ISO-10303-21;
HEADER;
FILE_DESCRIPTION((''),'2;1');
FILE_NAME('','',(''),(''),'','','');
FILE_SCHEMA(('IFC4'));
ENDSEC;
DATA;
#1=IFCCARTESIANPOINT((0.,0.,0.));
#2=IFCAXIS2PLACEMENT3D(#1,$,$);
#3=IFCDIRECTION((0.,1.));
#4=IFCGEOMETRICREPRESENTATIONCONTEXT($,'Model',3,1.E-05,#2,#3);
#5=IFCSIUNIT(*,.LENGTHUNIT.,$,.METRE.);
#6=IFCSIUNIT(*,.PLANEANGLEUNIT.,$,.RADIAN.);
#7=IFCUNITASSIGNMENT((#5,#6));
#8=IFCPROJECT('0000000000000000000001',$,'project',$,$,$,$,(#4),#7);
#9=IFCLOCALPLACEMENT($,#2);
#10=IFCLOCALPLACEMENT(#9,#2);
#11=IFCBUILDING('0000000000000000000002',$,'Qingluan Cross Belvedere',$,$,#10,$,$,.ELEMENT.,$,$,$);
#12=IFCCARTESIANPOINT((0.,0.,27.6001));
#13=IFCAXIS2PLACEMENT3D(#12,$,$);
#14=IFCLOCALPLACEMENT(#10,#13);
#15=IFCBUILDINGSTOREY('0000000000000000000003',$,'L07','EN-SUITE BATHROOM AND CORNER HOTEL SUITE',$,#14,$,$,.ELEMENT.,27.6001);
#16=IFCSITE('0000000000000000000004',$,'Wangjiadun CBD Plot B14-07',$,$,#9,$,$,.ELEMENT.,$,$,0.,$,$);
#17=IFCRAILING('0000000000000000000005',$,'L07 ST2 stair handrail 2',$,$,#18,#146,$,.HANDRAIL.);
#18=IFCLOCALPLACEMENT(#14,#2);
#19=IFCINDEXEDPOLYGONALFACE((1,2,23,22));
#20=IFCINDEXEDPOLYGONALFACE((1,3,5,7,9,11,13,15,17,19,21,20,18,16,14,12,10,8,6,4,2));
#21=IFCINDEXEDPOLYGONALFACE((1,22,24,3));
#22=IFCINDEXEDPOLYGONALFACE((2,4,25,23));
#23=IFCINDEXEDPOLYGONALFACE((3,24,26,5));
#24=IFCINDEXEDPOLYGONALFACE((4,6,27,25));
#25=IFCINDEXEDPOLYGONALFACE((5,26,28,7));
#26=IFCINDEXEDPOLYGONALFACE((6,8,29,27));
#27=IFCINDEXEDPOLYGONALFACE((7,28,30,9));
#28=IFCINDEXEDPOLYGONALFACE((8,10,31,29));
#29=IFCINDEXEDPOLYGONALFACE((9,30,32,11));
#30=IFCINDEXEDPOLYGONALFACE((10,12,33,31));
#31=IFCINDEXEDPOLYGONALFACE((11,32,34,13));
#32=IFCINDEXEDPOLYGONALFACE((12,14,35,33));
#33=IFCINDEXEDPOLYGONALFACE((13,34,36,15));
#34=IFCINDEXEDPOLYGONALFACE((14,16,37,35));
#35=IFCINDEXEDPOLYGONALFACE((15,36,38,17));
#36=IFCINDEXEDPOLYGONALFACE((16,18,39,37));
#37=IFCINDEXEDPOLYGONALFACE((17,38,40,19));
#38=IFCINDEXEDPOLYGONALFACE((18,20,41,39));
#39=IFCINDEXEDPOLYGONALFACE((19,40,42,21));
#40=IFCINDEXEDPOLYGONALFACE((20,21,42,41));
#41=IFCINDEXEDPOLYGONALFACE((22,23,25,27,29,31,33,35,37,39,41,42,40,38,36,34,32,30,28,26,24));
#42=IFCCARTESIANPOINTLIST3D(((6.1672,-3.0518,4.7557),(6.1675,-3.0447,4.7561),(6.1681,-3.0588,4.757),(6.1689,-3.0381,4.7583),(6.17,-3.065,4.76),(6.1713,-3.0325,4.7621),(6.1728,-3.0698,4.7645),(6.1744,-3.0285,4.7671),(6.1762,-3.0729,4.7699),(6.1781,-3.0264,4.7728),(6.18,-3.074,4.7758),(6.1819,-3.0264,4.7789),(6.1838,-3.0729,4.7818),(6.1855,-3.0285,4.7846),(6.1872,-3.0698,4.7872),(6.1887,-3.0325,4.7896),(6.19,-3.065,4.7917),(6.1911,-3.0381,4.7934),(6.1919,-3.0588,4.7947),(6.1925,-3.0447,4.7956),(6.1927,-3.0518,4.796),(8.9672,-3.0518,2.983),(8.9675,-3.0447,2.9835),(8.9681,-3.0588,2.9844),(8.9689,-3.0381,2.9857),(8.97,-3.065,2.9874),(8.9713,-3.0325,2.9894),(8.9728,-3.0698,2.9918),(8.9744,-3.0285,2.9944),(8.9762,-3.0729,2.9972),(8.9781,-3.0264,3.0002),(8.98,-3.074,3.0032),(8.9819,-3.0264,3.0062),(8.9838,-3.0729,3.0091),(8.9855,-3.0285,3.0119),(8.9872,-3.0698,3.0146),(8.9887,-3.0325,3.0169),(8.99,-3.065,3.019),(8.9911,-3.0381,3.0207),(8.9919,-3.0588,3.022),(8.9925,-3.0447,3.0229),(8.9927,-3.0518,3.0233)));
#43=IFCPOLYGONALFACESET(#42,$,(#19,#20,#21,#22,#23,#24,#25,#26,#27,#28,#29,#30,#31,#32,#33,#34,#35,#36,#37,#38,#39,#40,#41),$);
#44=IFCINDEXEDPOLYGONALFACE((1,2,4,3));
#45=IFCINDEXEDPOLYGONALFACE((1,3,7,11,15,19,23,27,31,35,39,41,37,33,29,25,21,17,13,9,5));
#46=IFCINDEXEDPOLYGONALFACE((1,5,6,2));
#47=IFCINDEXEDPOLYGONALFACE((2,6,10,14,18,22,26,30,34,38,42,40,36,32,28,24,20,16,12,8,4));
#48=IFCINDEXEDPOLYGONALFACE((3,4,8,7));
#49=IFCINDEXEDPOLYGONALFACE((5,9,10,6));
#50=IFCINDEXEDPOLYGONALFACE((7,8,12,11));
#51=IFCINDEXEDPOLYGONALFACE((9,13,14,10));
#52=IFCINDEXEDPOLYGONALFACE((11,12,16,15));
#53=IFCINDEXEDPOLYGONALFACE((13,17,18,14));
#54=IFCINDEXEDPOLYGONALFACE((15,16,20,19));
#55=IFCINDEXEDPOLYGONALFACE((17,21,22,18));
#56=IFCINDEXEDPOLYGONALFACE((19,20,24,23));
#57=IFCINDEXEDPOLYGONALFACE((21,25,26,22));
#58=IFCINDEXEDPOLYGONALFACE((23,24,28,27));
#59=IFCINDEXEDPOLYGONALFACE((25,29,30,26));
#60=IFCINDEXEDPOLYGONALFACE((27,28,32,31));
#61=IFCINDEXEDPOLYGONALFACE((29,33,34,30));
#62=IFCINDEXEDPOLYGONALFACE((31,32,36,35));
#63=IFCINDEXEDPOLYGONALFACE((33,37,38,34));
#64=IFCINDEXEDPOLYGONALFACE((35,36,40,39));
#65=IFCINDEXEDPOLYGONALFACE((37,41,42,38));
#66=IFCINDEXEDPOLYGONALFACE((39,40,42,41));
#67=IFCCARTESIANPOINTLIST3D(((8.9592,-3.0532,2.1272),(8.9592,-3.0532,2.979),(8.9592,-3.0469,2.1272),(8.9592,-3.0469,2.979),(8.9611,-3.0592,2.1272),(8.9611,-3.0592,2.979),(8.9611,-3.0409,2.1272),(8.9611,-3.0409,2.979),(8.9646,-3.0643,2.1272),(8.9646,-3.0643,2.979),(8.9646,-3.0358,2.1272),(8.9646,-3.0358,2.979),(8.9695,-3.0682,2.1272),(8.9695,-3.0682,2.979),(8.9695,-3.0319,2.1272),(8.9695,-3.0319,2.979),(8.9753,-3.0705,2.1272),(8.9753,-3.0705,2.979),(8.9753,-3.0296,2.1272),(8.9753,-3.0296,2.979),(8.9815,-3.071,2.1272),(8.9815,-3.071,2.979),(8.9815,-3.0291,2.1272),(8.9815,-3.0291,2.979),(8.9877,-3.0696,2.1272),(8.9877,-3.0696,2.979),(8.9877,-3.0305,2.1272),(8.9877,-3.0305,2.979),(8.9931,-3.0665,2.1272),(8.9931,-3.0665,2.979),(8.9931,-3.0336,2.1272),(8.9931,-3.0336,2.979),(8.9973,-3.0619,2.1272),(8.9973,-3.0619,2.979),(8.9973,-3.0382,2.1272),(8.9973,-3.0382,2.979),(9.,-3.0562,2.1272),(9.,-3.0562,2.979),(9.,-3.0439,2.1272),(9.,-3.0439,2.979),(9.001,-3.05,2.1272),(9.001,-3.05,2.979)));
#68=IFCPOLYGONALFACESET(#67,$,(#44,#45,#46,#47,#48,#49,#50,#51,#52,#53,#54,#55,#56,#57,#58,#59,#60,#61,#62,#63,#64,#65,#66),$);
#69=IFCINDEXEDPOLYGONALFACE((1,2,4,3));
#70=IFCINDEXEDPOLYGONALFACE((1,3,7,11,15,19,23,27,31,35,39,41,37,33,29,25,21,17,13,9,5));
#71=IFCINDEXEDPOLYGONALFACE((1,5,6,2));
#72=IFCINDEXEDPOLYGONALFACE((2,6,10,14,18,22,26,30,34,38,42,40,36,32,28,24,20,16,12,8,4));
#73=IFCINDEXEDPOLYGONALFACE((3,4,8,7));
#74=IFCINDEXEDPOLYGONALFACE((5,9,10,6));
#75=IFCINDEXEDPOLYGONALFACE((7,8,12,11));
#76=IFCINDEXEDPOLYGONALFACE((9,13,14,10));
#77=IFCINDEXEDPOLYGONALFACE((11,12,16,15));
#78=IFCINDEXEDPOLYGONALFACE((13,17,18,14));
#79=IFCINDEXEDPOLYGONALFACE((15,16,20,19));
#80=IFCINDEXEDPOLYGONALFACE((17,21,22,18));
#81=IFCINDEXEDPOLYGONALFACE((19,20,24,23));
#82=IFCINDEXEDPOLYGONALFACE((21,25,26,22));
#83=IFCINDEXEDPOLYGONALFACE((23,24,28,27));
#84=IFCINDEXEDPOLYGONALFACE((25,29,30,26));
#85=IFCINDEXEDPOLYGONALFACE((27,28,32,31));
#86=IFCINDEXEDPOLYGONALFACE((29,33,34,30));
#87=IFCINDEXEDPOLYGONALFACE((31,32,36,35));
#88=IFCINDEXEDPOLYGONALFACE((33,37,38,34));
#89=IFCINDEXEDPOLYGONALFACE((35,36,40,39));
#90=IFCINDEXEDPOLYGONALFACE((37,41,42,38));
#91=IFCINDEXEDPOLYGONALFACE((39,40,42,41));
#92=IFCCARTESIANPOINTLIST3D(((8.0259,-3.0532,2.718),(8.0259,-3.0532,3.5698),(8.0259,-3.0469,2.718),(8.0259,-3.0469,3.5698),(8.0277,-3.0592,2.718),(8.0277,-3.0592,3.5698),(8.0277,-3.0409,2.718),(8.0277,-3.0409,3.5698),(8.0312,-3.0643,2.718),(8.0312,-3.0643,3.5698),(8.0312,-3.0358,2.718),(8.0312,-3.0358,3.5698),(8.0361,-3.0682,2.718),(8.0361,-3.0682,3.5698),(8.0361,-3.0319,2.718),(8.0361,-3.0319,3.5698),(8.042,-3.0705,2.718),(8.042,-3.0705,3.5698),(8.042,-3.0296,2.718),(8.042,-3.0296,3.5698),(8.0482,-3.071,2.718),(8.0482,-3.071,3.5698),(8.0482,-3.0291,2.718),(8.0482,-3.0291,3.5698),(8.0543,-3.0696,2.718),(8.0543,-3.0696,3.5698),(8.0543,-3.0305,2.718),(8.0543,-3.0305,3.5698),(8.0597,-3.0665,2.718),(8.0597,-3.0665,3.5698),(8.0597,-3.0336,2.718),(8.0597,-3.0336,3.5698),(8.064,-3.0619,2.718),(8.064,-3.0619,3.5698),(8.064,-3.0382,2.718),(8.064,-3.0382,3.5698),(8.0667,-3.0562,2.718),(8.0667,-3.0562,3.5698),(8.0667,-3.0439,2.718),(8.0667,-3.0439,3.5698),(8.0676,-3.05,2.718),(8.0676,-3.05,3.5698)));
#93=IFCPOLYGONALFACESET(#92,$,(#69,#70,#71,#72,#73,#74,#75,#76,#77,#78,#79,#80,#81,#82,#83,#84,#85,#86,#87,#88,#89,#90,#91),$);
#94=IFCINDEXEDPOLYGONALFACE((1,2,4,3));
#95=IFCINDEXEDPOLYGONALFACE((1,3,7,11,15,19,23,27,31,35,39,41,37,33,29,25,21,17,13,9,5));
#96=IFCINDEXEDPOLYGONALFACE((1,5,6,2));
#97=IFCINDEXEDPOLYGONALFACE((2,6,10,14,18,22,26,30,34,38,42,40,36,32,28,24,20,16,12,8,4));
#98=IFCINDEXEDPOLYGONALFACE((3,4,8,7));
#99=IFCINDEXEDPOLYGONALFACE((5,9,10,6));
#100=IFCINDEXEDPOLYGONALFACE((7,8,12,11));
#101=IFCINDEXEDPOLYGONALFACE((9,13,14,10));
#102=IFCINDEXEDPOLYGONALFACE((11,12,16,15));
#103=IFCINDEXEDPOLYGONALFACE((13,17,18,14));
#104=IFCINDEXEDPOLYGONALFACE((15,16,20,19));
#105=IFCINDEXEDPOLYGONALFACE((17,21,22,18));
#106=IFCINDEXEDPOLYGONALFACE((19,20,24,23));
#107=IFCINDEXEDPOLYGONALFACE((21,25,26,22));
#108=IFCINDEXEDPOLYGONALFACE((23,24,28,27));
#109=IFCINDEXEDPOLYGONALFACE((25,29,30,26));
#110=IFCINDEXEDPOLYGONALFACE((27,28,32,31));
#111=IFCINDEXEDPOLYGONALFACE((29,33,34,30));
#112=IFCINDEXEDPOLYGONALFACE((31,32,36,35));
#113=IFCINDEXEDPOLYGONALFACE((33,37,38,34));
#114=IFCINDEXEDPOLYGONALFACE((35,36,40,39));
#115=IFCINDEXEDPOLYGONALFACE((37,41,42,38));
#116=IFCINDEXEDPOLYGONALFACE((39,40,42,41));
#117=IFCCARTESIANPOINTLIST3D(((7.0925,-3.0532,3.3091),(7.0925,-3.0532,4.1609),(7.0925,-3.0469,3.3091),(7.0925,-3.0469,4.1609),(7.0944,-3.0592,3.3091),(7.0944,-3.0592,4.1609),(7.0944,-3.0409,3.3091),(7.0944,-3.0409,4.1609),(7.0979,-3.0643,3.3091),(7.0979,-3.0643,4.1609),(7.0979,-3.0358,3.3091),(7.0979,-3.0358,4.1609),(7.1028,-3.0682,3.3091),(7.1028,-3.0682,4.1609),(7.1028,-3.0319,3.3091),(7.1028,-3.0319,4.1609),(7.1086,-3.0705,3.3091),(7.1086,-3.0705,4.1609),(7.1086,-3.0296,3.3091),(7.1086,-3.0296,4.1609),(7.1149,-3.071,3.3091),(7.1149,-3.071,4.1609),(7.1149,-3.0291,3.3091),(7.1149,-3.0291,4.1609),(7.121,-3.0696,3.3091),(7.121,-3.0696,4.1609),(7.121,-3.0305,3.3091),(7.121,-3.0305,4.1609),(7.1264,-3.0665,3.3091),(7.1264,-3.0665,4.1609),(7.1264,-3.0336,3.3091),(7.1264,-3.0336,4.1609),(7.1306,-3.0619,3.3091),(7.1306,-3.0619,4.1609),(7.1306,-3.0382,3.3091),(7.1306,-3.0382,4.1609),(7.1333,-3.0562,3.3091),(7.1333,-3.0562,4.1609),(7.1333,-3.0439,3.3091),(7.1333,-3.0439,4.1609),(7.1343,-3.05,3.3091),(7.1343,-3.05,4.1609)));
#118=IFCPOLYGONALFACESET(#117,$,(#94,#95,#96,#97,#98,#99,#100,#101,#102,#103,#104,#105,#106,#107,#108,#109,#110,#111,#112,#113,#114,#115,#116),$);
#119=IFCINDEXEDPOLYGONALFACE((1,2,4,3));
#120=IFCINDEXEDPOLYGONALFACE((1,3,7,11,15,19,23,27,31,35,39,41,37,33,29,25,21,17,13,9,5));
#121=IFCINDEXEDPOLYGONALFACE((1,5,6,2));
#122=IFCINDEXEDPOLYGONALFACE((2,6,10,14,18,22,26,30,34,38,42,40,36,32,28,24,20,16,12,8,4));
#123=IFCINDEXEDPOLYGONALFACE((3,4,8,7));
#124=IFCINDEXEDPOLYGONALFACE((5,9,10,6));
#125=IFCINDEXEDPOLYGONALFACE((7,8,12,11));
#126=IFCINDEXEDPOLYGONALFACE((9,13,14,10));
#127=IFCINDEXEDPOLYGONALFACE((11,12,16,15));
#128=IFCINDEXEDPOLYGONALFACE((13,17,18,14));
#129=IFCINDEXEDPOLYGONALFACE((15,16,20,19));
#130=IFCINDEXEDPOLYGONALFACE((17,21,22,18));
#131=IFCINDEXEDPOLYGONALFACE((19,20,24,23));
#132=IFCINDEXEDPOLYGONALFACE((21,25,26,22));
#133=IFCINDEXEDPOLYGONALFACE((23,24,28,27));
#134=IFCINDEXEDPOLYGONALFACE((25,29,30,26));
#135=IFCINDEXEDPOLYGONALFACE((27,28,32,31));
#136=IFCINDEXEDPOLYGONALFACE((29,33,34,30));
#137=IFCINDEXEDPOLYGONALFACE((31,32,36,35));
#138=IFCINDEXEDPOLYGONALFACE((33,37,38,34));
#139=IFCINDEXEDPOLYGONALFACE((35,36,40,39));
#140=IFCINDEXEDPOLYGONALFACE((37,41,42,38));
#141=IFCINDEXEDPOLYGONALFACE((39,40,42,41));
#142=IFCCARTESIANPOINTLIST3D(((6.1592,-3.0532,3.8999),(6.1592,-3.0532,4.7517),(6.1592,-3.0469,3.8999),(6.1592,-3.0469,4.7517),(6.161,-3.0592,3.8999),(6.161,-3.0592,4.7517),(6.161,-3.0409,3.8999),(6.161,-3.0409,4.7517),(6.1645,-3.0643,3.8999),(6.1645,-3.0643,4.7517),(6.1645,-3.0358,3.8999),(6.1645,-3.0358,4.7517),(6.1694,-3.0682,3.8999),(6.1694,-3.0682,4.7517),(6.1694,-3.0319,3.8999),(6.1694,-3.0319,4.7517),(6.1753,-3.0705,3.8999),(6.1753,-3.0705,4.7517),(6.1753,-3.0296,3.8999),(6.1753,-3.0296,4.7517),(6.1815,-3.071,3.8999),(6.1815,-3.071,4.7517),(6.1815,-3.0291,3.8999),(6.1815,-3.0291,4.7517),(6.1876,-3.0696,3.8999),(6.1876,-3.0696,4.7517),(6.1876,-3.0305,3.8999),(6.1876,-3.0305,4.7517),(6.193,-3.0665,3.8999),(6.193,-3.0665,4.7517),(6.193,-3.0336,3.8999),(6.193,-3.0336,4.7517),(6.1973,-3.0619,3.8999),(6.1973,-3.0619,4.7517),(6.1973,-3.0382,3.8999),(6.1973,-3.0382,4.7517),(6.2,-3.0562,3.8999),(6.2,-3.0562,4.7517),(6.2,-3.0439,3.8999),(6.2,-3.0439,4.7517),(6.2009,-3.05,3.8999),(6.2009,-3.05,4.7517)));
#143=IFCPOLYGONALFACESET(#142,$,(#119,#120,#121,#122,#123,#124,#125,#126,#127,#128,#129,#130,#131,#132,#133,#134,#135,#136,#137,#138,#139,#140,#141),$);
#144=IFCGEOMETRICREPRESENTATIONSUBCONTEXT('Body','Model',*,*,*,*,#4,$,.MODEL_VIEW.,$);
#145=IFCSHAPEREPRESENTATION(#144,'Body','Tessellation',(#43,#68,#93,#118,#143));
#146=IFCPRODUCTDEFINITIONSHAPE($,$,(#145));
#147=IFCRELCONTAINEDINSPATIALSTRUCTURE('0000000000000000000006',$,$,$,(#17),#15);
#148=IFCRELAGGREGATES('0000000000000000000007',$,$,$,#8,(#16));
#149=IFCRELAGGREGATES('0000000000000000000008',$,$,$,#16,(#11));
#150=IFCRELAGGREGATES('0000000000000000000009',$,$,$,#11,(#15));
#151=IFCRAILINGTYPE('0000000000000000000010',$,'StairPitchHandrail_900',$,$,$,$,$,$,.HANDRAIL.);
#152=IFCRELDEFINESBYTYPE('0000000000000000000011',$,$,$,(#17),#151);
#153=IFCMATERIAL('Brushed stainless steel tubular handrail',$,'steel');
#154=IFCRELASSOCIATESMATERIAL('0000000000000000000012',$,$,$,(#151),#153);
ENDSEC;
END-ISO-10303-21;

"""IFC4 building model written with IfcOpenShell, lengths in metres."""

from ifc_helpers import new_model, si_unit, direction, frame, origin, origin_2d, place, context, subcontext, project, spatial, circle, extrude, material, type_object, element, save


model = new_model("IFC4")

# Units and contexts
model_context = context("Model", 3, precision=1e-05, world=origin(), true_north=direction((0.0, 1.0)))
body_context = subcontext(model_context, "Body", "Model", "MODEL_VIEW")
ifc_project = project(units=[si_unit("LENGTHUNIT", "METRE"), si_unit("PLANEANGLEUNIT", "RADIAN")], contexts=[model_context])

# Site, building, storey
site_placement = place(None, origin())
site = spatial("IfcSite", under=ifc_project, at=site_placement, Name="Wangjiadun CBD Plot B14-07", CompositionType="ELEMENT", RefElevation=0.0)
building_placement = place(site_placement, origin())
building = spatial("IfcBuilding", under=site, at=building_placement, Name="Qingluan Cross Belvedere", CompositionType="ELEMENT")
storey_placement = place(building_placement, frame((0.0, 0.0, 27.6001)))
storey = spatial("IfcBuildingStorey", under=building, at=storey_placement, Name="L07", Description="EN-SUITE BATHROOM AND CORNER HOTEL SUITE", CompositionType="ELEMENT", Elevation=27.6001)

# Railing
ifc_material_1 = material(Name="Brushed stainless steel tubular handrail", Category="steel")
railing_type_1 = type_object("IfcRailingType", Name="StairPitchHandrail_900", PredefinedType="HANDRAIL", material=ifc_material_1)
for number, where, name in (
    (1, (8.98, -3.05, 2.1272), "L07 ST2 stair handrail 2"),
):
    element("IfcRailing", number, at=place(storey_placement, frame(where)), inside=storey, type_object=railing_type_1, Name=name, PredefinedType="HANDRAIL", context=body_context, shape_type="SweptSolid", body=[
        extrude(circle(Radius=0.0239, at=origin_2d()), frame((0.0, 0.0, 0.876), z_axis=(-0.844909, 0.0, 0.53491), x_axis=(0.0, -1.0, 0.0)), (0.0, 0.0, 1.0), 3.314),
        extrude(circle(Radius=0.021, at=origin_2d()), origin(), (0.0, 0.0, 1.0), 0.8518),
        extrude(circle(Radius=0.021, at=origin_2d()), frame((-0.9333, 0.0, 0.5908)), (0.0, 0.0, 1.0), 0.8518),
        extrude(circle(Radius=0.021, at=origin_2d()), frame((-1.8667, 0.0, 1.1819)), (0.0, 0.0, 1.0), 0.8518),
        extrude(circle(Radius=0.021, at=origin_2d()), frame((-2.8, 0.0, 1.7727)), (0.0, 0.0, 1.0), 0.8518),
    ])

save(model, "model.ifc")
